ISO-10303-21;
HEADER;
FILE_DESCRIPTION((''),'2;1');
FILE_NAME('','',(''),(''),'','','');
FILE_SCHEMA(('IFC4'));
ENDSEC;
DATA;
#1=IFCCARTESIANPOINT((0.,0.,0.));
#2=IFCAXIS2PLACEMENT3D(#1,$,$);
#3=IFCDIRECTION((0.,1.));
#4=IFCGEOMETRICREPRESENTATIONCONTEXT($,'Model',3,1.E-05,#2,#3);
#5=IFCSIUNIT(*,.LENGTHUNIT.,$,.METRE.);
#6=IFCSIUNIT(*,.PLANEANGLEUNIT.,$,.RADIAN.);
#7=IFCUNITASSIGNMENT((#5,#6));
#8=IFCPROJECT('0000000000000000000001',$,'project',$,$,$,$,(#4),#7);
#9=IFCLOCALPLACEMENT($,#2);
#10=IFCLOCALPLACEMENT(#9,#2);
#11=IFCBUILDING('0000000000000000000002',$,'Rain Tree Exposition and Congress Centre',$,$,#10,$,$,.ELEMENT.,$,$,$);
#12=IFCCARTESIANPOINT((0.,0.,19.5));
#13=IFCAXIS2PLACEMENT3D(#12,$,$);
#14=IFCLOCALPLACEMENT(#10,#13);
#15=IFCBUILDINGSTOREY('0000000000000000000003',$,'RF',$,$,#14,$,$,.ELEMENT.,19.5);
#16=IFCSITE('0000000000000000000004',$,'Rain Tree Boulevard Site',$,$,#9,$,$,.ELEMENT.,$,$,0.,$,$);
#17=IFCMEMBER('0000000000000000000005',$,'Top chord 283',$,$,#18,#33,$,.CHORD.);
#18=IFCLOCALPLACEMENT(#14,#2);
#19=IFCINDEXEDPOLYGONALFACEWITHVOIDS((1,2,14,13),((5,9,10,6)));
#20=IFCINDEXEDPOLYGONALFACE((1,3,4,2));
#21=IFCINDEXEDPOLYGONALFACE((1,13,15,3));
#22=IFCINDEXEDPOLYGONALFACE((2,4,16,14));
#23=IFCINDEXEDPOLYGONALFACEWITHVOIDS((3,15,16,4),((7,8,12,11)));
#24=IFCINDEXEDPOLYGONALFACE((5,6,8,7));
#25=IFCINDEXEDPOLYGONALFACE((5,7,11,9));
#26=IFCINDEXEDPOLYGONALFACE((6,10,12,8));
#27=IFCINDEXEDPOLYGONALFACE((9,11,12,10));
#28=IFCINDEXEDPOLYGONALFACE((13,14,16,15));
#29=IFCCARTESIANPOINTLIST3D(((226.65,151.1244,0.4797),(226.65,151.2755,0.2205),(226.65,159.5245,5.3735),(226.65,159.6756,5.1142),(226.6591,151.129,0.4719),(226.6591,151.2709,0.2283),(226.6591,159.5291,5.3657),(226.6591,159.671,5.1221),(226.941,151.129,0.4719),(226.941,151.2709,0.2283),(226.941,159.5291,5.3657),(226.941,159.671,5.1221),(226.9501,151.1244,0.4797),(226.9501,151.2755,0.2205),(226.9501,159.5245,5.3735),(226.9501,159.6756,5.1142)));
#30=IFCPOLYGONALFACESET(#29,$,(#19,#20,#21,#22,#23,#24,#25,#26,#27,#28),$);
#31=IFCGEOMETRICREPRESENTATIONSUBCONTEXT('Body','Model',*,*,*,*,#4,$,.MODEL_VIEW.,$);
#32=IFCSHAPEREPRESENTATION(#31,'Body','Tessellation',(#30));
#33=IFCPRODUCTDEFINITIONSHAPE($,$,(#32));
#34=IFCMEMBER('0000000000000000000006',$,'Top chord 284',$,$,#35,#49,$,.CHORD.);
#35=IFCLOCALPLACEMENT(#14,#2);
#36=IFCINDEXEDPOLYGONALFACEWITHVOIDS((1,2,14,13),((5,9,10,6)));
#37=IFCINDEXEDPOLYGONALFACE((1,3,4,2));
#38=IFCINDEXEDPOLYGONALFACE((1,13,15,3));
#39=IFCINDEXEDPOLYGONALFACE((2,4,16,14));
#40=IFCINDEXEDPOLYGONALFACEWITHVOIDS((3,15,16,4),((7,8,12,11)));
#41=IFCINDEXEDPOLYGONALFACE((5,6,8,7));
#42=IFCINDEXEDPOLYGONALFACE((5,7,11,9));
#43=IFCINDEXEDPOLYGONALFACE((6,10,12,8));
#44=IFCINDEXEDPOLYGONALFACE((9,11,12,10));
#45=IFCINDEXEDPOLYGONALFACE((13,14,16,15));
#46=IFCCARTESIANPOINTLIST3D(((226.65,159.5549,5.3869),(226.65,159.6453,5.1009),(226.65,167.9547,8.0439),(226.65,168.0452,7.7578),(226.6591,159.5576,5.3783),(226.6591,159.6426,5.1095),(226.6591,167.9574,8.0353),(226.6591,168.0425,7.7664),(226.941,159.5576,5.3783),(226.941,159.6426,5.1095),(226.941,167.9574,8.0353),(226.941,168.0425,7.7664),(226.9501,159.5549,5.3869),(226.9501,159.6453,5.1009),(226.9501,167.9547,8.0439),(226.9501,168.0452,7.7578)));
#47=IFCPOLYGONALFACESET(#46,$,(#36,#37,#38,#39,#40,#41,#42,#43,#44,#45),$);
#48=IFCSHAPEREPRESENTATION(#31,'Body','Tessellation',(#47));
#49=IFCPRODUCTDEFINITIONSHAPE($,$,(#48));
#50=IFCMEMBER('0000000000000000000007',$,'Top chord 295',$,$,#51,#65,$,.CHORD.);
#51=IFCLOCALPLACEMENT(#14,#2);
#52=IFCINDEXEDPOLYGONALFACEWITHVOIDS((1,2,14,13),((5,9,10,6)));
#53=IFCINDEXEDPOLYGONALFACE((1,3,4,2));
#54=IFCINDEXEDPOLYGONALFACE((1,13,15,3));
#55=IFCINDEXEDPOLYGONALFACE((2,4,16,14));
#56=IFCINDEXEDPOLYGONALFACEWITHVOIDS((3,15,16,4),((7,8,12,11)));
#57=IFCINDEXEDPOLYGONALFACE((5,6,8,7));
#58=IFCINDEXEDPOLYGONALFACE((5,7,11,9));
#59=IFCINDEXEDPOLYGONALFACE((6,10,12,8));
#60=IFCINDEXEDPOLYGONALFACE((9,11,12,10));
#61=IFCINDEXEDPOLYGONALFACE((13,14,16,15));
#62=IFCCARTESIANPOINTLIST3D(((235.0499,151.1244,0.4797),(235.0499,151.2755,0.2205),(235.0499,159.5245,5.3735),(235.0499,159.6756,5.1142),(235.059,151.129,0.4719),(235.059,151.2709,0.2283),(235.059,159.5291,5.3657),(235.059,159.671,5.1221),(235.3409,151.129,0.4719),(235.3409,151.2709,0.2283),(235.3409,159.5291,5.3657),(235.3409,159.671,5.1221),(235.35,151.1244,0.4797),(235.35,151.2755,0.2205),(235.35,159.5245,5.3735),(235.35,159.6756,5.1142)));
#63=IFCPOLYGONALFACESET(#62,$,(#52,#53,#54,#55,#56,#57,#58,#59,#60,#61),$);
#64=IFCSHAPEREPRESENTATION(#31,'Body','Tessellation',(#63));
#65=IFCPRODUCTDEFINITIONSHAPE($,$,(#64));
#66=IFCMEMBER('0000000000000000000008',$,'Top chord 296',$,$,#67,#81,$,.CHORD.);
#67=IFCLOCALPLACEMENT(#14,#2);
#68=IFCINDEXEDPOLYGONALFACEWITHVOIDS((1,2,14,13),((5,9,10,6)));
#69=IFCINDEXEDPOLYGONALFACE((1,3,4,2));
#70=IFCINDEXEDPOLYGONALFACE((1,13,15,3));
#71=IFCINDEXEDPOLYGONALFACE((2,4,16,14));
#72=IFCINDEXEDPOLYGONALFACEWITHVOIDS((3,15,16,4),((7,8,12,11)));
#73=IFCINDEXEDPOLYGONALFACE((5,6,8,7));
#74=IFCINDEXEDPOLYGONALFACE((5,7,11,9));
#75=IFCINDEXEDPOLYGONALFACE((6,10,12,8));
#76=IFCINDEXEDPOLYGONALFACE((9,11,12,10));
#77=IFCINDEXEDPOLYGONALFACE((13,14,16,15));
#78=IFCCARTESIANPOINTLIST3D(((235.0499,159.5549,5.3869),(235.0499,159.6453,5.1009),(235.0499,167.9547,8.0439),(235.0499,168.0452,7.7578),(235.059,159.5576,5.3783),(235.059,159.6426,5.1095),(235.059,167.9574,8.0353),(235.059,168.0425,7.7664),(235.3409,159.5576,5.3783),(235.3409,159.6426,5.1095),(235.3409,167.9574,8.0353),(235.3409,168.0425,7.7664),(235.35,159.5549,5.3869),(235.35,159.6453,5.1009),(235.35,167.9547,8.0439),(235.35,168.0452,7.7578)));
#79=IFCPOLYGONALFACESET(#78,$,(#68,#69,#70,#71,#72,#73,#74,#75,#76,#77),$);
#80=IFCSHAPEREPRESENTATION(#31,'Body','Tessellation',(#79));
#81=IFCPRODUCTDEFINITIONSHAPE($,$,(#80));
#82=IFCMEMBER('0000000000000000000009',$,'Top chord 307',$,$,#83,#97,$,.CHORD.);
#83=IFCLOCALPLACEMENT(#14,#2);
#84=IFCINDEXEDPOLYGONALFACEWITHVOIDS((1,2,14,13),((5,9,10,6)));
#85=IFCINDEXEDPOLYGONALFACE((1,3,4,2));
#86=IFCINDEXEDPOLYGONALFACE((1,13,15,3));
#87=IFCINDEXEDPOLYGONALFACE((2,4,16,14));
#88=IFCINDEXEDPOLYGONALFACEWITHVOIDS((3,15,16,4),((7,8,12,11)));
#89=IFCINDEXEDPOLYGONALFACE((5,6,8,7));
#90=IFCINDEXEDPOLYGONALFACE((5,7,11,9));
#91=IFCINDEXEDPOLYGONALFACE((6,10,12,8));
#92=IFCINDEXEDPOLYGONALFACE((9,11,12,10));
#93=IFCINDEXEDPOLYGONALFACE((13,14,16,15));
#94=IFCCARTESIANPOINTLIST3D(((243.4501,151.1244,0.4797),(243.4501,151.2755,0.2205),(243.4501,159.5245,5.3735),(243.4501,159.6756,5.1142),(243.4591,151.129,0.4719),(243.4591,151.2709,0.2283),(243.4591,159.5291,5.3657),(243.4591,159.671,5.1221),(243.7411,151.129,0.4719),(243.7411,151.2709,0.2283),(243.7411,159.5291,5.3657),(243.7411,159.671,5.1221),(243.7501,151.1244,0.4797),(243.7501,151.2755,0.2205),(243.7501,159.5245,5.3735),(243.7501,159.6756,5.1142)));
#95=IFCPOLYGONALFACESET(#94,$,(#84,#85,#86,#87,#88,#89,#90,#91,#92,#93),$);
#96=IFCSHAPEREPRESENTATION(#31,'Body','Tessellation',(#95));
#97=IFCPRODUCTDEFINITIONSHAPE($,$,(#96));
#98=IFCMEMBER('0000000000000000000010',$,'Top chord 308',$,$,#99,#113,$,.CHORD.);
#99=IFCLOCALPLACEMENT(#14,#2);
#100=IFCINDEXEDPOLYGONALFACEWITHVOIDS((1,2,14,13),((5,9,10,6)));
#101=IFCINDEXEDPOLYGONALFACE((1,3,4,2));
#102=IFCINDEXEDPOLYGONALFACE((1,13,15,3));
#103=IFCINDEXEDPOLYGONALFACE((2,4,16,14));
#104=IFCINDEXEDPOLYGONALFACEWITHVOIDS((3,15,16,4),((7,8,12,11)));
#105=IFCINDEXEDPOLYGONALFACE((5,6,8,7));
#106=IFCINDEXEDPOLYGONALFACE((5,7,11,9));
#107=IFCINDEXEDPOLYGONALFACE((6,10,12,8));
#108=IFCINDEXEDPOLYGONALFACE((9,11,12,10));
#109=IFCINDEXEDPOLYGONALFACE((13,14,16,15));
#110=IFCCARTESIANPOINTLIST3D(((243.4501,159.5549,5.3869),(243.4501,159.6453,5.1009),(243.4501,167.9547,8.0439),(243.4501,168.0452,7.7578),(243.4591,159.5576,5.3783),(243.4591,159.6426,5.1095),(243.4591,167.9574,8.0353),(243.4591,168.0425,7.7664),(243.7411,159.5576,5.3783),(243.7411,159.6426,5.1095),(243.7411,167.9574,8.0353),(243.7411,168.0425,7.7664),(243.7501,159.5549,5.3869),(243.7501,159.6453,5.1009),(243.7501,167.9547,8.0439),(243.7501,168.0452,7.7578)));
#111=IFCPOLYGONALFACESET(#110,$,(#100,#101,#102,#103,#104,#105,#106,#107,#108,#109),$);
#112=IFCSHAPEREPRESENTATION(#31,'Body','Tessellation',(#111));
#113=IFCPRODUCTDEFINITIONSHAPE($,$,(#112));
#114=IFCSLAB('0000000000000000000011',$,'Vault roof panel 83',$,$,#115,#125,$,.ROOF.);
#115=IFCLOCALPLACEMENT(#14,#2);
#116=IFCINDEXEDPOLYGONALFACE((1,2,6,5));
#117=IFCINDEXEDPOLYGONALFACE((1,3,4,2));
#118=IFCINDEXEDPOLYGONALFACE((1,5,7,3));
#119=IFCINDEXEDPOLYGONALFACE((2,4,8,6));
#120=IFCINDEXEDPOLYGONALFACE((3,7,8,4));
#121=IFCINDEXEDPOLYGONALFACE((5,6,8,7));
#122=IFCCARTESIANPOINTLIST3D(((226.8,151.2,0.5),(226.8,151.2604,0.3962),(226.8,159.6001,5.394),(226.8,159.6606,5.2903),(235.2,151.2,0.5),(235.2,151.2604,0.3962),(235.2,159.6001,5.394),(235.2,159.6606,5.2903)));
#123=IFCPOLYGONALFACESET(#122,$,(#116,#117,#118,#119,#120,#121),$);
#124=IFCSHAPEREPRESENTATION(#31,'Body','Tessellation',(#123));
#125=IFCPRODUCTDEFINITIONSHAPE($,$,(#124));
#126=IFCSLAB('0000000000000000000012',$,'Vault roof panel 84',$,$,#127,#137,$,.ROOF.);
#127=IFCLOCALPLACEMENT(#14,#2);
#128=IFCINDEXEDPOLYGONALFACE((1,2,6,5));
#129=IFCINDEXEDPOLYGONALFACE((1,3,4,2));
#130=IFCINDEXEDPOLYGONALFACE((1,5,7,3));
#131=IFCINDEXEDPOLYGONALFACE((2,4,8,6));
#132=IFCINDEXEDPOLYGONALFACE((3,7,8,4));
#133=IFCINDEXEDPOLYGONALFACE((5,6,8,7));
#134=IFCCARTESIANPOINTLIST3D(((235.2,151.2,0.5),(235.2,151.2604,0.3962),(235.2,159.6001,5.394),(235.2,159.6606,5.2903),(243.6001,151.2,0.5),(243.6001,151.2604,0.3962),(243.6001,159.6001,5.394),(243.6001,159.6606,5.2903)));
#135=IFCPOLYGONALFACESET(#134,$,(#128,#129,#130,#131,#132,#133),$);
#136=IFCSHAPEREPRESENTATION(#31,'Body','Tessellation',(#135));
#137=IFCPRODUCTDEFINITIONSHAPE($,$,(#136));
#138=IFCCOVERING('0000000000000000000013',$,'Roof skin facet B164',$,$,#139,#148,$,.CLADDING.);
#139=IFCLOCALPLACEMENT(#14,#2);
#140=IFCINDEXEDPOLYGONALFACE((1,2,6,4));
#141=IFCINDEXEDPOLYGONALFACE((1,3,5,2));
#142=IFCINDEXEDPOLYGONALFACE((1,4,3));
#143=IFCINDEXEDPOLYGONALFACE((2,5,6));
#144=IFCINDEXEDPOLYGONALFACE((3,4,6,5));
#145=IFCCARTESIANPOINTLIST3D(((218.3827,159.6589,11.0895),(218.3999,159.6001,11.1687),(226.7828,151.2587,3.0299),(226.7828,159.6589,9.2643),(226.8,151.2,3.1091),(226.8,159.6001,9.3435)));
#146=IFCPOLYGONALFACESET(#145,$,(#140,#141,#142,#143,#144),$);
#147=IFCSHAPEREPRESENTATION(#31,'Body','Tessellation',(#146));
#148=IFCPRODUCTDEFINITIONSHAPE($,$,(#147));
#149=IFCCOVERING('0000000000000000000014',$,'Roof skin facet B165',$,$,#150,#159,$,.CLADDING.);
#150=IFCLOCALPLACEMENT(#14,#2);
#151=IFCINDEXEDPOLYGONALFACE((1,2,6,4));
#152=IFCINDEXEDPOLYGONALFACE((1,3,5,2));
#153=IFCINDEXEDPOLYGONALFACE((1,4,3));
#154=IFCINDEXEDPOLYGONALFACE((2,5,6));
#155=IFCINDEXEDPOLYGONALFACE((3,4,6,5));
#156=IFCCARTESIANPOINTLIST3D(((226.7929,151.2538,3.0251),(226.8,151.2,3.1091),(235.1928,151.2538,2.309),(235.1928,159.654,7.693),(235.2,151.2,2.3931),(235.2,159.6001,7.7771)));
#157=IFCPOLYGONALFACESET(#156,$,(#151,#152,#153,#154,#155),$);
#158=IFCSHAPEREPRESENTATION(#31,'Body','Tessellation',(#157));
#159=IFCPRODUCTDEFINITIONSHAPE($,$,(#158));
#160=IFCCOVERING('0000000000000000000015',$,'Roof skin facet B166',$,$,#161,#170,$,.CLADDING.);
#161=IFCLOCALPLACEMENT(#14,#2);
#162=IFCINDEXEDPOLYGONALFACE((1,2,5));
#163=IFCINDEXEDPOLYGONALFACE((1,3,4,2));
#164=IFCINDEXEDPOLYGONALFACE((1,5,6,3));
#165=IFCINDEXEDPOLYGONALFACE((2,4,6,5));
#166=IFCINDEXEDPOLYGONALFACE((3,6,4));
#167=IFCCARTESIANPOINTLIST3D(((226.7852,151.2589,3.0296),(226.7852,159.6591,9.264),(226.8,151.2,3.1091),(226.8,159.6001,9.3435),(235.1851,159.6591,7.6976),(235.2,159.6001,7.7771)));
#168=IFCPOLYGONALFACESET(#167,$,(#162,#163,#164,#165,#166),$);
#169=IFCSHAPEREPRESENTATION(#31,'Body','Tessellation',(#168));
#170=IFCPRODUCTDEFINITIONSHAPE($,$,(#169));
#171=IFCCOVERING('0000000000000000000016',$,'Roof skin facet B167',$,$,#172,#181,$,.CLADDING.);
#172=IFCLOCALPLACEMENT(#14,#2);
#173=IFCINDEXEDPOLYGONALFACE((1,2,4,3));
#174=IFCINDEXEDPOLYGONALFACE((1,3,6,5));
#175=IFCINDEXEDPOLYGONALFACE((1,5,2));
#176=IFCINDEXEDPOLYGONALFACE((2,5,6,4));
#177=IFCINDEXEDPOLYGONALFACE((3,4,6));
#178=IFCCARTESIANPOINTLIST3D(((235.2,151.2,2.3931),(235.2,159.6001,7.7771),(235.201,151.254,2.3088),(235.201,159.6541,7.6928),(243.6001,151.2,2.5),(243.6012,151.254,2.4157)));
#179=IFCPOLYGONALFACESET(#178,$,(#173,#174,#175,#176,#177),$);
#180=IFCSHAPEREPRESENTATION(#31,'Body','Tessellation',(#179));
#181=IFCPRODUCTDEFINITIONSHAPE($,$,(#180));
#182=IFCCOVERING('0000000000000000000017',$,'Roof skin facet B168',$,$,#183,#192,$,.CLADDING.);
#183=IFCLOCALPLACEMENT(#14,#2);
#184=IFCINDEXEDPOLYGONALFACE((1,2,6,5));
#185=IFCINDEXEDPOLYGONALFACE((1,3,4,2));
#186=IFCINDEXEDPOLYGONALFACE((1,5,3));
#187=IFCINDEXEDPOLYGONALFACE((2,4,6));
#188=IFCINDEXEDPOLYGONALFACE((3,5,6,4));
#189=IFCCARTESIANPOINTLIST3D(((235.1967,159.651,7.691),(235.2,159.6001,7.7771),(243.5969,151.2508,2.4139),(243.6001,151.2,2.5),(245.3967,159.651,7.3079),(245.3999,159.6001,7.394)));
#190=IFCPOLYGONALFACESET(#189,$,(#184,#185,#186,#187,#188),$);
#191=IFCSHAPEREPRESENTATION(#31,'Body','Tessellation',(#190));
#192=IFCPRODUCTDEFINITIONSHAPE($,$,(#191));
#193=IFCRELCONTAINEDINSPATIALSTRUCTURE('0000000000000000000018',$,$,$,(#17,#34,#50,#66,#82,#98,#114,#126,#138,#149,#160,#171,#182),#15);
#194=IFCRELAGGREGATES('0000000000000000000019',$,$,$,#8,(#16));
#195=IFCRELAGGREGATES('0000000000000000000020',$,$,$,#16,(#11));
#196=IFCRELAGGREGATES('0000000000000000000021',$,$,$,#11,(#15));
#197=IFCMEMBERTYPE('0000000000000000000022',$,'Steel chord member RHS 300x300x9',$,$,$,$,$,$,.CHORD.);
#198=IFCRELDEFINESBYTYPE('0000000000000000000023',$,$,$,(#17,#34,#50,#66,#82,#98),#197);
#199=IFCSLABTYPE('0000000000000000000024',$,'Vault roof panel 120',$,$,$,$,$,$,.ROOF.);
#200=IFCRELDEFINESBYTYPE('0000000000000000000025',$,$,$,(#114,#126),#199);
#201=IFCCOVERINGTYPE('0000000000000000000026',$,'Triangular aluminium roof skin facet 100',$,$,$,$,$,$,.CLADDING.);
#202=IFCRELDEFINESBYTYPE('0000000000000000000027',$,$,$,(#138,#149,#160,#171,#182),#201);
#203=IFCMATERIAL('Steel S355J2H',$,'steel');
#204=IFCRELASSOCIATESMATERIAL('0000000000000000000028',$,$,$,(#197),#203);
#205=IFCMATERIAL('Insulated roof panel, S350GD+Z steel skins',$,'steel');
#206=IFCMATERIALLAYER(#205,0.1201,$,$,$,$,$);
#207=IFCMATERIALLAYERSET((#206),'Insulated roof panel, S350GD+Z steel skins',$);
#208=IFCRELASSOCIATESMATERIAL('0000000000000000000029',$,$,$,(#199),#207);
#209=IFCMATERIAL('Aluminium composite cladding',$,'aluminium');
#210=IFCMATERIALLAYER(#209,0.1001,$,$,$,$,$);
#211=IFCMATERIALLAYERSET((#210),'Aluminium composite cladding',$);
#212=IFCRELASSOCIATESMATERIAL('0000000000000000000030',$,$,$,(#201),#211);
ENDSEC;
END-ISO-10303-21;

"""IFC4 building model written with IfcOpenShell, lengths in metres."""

from ifc_helpers import new_model, si_unit, direction, frame, origin, origin_2d, place, context, subcontext, project, spatial, polyline, hollow_rectangle, outline, extrude, material, layer, layer_set, material_profile, profile_set, type_object, element, save


model = new_model("IFC4")

# Units and contexts
model_context = context("Model", 3, precision=1e-05, world=origin(), true_north=direction((0.0, 1.0)))
body_context = subcontext(model_context, "Body", "Model", "MODEL_VIEW")
ifc_project = project(units=[si_unit("LENGTHUNIT", "METRE"), si_unit("PLANEANGLEUNIT", "RADIAN")], contexts=[model_context])

# Site, building, storey
site_placement = place(None, origin())
site = spatial("IfcSite", under=ifc_project, at=site_placement, Name="Rain Tree Boulevard Site", CompositionType="ELEMENT", RefElevation=0.0)
building_placement = place(site_placement, origin())
building = spatial("IfcBuilding", under=site, at=building_placement, Name="Rain Tree Exposition and Congress Centre", CompositionType="ELEMENT")
storey_placement = place(building_placement, frame((0.0, 0.0, 19.5)))
storey = spatial("IfcBuildingStorey", under=building, at=storey_placement, Name="RF", CompositionType="ELEMENT", Elevation=19.5)

# Members
ifc_material_1 = material(Name="Steel S355J2H", Category="steel")
ifc_material_profile_1 = material_profile(ifc_material_1, hollow_rectangle(XDim=0.3, YDim=0.3, WallThickness=0.009, at=origin_2d()), Name="RHS 300x300x9")
ifc_profile_set_1 = profile_set([ifc_material_profile_1], Name="Steel S355J2H")
member_type_1 = type_object("IfcMemberType", Name="Steel chord member RHS 300x300x9", PredefinedType="CHORD", material=ifc_profile_set_1)
member_1_placement = place(storey_placement, frame((226.8, 151.2, 0.3501), z_axis=(0.0, 0.86406, 0.503388), x_axis=(-1.0, 0.0, 0.0)))
element("IfcMember", 1, at=member_1_placement, inside=storey, type_object=member_type_1, Name="Top chord 283", PredefinedType="CHORD", context=body_context, shape_type="SweptSolid", body=[
    extrude(hollow_rectangle(XDim=0.3, YDim=0.3, WallThickness=0.009, at=origin_2d()), origin(), (0.0, 0.0, 1.0), 9.7217),
])
member_2_placement = place(storey_placement, frame((226.8, 159.6001, 5.2439), z_axis=(0.0, 0.95344, 0.301584), x_axis=(-1.0, 0.0, 0.0)))
element("IfcMember", 2, at=member_2_placement, inside=storey, type_object=member_type_1, Name="Top chord 284", PredefinedType="CHORD", context=body_context, shape_type="SweptSolid", body=[
    extrude(hollow_rectangle(XDim=0.3, YDim=0.3, WallThickness=0.009, at=origin_2d()), origin(), (0.0, 0.0, 1.0), 8.8101),
])
member_3_placement = place(storey_placement, frame((235.2, 151.2, 0.3501), z_axis=(0.0, 0.86406, 0.503388), x_axis=(-1.0, 0.0, 0.0)))
element("IfcMember", 3, at=member_3_placement, inside=storey, type_object=member_type_1, Name="Top chord 295", PredefinedType="CHORD", context=body_context, shape_type="SweptSolid", body=[
    extrude(hollow_rectangle(XDim=0.3, YDim=0.3, WallThickness=0.009, at=origin_2d()), origin(), (0.0, 0.0, 1.0), 9.7217),
])
member_4_placement = place(storey_placement, frame((235.2, 159.6001, 5.2439), z_axis=(0.0, 0.95344, 0.301584), x_axis=(-1.0, 0.0, 0.0)))
element("IfcMember", 4, at=member_4_placement, inside=storey, type_object=member_type_1, Name="Top chord 296", PredefinedType="CHORD", context=body_context, shape_type="SweptSolid", body=[
    extrude(hollow_rectangle(XDim=0.3, YDim=0.3, WallThickness=0.009, at=origin_2d()), origin(), (0.0, 0.0, 1.0), 8.8101),
])
member_5_placement = place(storey_placement, frame((243.6001, 151.2, 0.3501), z_axis=(0.0, 0.86406, 0.503388), x_axis=(-1.0, 0.0, 0.0)))
element("IfcMember", 5, at=member_5_placement, inside=storey, type_object=member_type_1, Name="Top chord 307", PredefinedType="CHORD", context=body_context, shape_type="SweptSolid", body=[
    extrude(hollow_rectangle(XDim=0.3, YDim=0.3, WallThickness=0.009, at=origin_2d()), origin(), (0.0, 0.0, 1.0), 9.7217),
])
member_6_placement = place(storey_placement, frame((243.6001, 159.6001, 5.2439), z_axis=(0.0, 0.95344, 0.301584), x_axis=(-1.0, 0.0, 0.0)))
element("IfcMember", 6, at=member_6_placement, inside=storey, type_object=member_type_1, Name="Top chord 308", PredefinedType="CHORD", context=body_context, shape_type="SweptSolid", body=[
    extrude(hollow_rectangle(XDim=0.3, YDim=0.3, WallThickness=0.009, at=origin_2d()), origin(), (0.0, 0.0, 1.0), 8.8101),
])

# Slabs
ifc_material_2 = material(Name="Insulated roof panel, S350GD+Z steel skins", Category="steel")
ifc_layer_1 = layer(ifc_material_2, 0.1201)
ifc_layer_set_1 = layer_set([ifc_layer_1], Name="Insulated roof panel, S350GD+Z steel skins")
slab_type = type_object("IfcSlabType", Name="Vault roof panel 120", PredefinedType="ROOF", material=ifc_layer_set_1)
slab_1_placement = place(storey_placement, frame((226.8, 151.2, 0.5), z_axis=(0.0, -0.503407, 0.864049), x_axis=(1.0, 0.0, 0.0)))
element("IfcSlab", 7, at=slab_1_placement, inside=storey, type_object=slab_type, Name="Vault roof panel 83", PredefinedType="ROOF", context=body_context, shape_type="SweptSolid", body=[
    extrude(outline(polyline([(0.0, 0.0), (8.3999, 0.0), (8.3999, 9.7218), (0.0, 9.7218), (0.0, 0.0)])), origin(), (0.0, 0.0, -1.0), 0.1201),
])
slab_2_placement = place(storey_placement, frame((235.2, 151.2, 0.5), z_axis=(0.0, -0.503407, 0.864049), x_axis=(1.0, 0.0, 0.0)))
element("IfcSlab", 8, at=slab_2_placement, inside=storey, type_object=slab_type, Name="Vault roof panel 84", PredefinedType="ROOF", context=body_context, shape_type="SweptSolid", body=[
    extrude(outline(polyline([(0.0, 0.0), (8.4001, 0.0), (8.4001, 9.7218), (0.0, 9.7218), (0.0, 0.0)])), origin(), (0.0, 0.0, -1.0), 0.1201),
])

# Coverings
ifc_material_3 = material(Name="Aluminium composite cladding", Category="aluminium")
ifc_layer_2 = layer(ifc_material_3, 0.1001)
ifc_layer_set_2 = layer_set([ifc_layer_2], Name="Aluminium composite cladding")
covering_type = type_object("IfcCoveringType", Name="Triangular aluminium roof skin facet 100", PredefinedType="CLADDING", material=ifc_layer_set_2)
covering_1_placement = place(storey_placement, frame((226.8, 151.2, 3.1091), z_axis=(0.171882, -0.587101, 0.791056), x_axis=(0.0, 0.803006, 0.595971)))
element("IfcCovering", 9, at=covering_1_placement, inside=storey, type_object=covering_type, Name="Roof skin facet B164", PredefinedType="CLADDING", context=body_context, shape_type="SweptSolid", body=[
    extrude(outline(polyline([(0.0, 0.0), (10.4609, 0.0), (11.5486, 8.527), (0.0, 0.0)])), origin(), (0.0, 0.0, -1.0), 0.1001),
])
covering_2_placement = place(storey_placement, frame((226.8, 151.2, 3.1091), z_axis=(0.071586, -0.538234, 0.83975), x_axis=(0.996386, 0.0, -0.084939)))
element("IfcCovering", 10, at=covering_2_placement, inside=storey, type_object=covering_type, Name="Roof skin facet B165", PredefinedType="CLADDING", context=body_context, shape_type="SweptSolid", body=[
    extrude(outline(polyline([(0.0, 0.0), (8.4304, 0.0), (7.9731, 9.967), (0.0, 0.0)])), origin(), (0.0, 0.0, -1.0), 0.1001),
])
covering_3_placement = place(storey_placement, frame((226.8, 151.2, 3.1091), z_axis=(0.148093, -0.589399, 0.794152), x_axis=(0.658111, 0.65813, 0.365724)))
element("IfcCovering", 11, at=covering_3_placement, inside=storey, type_object=covering_type, Name="Roof skin facet B166", PredefinedType="CLADDING", context=body_context, shape_type="SweptSolid", body=[
    extrude(outline(polyline([(0.0, 0.0), (12.7636, 0.0), (7.8085, 6.9612), (0.0, 0.0)])), origin(), (0.0, 0.0, -1.0), 0.1001),
])
covering_4_placement = place(storey_placement, frame((235.2, 151.2, 2.3931), z_axis=(-0.010717, -0.539587, 0.841862), x_axis=(0.999919, 0.0, 0.012729)))
element("IfcCovering", 12, at=covering_4_placement, inside=storey, type_object=covering_type, Name="Roof skin facet B167", PredefinedType="CLADDING", context=body_context, shape_type="SweptSolid", body=[
    extrude(outline(polyline([(0.0, 0.0), (8.4008, 0.0), (0.0685, 9.9773), (0.0, 0.0)])), origin(), (0.0, 0.0, -1.0), 0.1001),
])
covering_5_placement = place(storey_placement, frame((243.6001, 151.2, 2.5), z_axis=(0.032319, -0.508305, 0.860571), x_axis=(0.182037, 0.849612, 0.494996)))
element("IfcCovering", 13, at=covering_5_placement, inside=storey, type_object=covering_type, Name="Roof skin facet B168", PredefinedType="CLADDING", context=body_context, shape_type="SweptSolid", body=[
    extrude(outline(polyline([(0.0, 0.0), (9.887, 0.0), (8.2199, 10.0701), (0.0, 0.0)])), origin(), (0.0, 0.0, -1.0), 0.1001),
])

save(model, "model.ifc")
